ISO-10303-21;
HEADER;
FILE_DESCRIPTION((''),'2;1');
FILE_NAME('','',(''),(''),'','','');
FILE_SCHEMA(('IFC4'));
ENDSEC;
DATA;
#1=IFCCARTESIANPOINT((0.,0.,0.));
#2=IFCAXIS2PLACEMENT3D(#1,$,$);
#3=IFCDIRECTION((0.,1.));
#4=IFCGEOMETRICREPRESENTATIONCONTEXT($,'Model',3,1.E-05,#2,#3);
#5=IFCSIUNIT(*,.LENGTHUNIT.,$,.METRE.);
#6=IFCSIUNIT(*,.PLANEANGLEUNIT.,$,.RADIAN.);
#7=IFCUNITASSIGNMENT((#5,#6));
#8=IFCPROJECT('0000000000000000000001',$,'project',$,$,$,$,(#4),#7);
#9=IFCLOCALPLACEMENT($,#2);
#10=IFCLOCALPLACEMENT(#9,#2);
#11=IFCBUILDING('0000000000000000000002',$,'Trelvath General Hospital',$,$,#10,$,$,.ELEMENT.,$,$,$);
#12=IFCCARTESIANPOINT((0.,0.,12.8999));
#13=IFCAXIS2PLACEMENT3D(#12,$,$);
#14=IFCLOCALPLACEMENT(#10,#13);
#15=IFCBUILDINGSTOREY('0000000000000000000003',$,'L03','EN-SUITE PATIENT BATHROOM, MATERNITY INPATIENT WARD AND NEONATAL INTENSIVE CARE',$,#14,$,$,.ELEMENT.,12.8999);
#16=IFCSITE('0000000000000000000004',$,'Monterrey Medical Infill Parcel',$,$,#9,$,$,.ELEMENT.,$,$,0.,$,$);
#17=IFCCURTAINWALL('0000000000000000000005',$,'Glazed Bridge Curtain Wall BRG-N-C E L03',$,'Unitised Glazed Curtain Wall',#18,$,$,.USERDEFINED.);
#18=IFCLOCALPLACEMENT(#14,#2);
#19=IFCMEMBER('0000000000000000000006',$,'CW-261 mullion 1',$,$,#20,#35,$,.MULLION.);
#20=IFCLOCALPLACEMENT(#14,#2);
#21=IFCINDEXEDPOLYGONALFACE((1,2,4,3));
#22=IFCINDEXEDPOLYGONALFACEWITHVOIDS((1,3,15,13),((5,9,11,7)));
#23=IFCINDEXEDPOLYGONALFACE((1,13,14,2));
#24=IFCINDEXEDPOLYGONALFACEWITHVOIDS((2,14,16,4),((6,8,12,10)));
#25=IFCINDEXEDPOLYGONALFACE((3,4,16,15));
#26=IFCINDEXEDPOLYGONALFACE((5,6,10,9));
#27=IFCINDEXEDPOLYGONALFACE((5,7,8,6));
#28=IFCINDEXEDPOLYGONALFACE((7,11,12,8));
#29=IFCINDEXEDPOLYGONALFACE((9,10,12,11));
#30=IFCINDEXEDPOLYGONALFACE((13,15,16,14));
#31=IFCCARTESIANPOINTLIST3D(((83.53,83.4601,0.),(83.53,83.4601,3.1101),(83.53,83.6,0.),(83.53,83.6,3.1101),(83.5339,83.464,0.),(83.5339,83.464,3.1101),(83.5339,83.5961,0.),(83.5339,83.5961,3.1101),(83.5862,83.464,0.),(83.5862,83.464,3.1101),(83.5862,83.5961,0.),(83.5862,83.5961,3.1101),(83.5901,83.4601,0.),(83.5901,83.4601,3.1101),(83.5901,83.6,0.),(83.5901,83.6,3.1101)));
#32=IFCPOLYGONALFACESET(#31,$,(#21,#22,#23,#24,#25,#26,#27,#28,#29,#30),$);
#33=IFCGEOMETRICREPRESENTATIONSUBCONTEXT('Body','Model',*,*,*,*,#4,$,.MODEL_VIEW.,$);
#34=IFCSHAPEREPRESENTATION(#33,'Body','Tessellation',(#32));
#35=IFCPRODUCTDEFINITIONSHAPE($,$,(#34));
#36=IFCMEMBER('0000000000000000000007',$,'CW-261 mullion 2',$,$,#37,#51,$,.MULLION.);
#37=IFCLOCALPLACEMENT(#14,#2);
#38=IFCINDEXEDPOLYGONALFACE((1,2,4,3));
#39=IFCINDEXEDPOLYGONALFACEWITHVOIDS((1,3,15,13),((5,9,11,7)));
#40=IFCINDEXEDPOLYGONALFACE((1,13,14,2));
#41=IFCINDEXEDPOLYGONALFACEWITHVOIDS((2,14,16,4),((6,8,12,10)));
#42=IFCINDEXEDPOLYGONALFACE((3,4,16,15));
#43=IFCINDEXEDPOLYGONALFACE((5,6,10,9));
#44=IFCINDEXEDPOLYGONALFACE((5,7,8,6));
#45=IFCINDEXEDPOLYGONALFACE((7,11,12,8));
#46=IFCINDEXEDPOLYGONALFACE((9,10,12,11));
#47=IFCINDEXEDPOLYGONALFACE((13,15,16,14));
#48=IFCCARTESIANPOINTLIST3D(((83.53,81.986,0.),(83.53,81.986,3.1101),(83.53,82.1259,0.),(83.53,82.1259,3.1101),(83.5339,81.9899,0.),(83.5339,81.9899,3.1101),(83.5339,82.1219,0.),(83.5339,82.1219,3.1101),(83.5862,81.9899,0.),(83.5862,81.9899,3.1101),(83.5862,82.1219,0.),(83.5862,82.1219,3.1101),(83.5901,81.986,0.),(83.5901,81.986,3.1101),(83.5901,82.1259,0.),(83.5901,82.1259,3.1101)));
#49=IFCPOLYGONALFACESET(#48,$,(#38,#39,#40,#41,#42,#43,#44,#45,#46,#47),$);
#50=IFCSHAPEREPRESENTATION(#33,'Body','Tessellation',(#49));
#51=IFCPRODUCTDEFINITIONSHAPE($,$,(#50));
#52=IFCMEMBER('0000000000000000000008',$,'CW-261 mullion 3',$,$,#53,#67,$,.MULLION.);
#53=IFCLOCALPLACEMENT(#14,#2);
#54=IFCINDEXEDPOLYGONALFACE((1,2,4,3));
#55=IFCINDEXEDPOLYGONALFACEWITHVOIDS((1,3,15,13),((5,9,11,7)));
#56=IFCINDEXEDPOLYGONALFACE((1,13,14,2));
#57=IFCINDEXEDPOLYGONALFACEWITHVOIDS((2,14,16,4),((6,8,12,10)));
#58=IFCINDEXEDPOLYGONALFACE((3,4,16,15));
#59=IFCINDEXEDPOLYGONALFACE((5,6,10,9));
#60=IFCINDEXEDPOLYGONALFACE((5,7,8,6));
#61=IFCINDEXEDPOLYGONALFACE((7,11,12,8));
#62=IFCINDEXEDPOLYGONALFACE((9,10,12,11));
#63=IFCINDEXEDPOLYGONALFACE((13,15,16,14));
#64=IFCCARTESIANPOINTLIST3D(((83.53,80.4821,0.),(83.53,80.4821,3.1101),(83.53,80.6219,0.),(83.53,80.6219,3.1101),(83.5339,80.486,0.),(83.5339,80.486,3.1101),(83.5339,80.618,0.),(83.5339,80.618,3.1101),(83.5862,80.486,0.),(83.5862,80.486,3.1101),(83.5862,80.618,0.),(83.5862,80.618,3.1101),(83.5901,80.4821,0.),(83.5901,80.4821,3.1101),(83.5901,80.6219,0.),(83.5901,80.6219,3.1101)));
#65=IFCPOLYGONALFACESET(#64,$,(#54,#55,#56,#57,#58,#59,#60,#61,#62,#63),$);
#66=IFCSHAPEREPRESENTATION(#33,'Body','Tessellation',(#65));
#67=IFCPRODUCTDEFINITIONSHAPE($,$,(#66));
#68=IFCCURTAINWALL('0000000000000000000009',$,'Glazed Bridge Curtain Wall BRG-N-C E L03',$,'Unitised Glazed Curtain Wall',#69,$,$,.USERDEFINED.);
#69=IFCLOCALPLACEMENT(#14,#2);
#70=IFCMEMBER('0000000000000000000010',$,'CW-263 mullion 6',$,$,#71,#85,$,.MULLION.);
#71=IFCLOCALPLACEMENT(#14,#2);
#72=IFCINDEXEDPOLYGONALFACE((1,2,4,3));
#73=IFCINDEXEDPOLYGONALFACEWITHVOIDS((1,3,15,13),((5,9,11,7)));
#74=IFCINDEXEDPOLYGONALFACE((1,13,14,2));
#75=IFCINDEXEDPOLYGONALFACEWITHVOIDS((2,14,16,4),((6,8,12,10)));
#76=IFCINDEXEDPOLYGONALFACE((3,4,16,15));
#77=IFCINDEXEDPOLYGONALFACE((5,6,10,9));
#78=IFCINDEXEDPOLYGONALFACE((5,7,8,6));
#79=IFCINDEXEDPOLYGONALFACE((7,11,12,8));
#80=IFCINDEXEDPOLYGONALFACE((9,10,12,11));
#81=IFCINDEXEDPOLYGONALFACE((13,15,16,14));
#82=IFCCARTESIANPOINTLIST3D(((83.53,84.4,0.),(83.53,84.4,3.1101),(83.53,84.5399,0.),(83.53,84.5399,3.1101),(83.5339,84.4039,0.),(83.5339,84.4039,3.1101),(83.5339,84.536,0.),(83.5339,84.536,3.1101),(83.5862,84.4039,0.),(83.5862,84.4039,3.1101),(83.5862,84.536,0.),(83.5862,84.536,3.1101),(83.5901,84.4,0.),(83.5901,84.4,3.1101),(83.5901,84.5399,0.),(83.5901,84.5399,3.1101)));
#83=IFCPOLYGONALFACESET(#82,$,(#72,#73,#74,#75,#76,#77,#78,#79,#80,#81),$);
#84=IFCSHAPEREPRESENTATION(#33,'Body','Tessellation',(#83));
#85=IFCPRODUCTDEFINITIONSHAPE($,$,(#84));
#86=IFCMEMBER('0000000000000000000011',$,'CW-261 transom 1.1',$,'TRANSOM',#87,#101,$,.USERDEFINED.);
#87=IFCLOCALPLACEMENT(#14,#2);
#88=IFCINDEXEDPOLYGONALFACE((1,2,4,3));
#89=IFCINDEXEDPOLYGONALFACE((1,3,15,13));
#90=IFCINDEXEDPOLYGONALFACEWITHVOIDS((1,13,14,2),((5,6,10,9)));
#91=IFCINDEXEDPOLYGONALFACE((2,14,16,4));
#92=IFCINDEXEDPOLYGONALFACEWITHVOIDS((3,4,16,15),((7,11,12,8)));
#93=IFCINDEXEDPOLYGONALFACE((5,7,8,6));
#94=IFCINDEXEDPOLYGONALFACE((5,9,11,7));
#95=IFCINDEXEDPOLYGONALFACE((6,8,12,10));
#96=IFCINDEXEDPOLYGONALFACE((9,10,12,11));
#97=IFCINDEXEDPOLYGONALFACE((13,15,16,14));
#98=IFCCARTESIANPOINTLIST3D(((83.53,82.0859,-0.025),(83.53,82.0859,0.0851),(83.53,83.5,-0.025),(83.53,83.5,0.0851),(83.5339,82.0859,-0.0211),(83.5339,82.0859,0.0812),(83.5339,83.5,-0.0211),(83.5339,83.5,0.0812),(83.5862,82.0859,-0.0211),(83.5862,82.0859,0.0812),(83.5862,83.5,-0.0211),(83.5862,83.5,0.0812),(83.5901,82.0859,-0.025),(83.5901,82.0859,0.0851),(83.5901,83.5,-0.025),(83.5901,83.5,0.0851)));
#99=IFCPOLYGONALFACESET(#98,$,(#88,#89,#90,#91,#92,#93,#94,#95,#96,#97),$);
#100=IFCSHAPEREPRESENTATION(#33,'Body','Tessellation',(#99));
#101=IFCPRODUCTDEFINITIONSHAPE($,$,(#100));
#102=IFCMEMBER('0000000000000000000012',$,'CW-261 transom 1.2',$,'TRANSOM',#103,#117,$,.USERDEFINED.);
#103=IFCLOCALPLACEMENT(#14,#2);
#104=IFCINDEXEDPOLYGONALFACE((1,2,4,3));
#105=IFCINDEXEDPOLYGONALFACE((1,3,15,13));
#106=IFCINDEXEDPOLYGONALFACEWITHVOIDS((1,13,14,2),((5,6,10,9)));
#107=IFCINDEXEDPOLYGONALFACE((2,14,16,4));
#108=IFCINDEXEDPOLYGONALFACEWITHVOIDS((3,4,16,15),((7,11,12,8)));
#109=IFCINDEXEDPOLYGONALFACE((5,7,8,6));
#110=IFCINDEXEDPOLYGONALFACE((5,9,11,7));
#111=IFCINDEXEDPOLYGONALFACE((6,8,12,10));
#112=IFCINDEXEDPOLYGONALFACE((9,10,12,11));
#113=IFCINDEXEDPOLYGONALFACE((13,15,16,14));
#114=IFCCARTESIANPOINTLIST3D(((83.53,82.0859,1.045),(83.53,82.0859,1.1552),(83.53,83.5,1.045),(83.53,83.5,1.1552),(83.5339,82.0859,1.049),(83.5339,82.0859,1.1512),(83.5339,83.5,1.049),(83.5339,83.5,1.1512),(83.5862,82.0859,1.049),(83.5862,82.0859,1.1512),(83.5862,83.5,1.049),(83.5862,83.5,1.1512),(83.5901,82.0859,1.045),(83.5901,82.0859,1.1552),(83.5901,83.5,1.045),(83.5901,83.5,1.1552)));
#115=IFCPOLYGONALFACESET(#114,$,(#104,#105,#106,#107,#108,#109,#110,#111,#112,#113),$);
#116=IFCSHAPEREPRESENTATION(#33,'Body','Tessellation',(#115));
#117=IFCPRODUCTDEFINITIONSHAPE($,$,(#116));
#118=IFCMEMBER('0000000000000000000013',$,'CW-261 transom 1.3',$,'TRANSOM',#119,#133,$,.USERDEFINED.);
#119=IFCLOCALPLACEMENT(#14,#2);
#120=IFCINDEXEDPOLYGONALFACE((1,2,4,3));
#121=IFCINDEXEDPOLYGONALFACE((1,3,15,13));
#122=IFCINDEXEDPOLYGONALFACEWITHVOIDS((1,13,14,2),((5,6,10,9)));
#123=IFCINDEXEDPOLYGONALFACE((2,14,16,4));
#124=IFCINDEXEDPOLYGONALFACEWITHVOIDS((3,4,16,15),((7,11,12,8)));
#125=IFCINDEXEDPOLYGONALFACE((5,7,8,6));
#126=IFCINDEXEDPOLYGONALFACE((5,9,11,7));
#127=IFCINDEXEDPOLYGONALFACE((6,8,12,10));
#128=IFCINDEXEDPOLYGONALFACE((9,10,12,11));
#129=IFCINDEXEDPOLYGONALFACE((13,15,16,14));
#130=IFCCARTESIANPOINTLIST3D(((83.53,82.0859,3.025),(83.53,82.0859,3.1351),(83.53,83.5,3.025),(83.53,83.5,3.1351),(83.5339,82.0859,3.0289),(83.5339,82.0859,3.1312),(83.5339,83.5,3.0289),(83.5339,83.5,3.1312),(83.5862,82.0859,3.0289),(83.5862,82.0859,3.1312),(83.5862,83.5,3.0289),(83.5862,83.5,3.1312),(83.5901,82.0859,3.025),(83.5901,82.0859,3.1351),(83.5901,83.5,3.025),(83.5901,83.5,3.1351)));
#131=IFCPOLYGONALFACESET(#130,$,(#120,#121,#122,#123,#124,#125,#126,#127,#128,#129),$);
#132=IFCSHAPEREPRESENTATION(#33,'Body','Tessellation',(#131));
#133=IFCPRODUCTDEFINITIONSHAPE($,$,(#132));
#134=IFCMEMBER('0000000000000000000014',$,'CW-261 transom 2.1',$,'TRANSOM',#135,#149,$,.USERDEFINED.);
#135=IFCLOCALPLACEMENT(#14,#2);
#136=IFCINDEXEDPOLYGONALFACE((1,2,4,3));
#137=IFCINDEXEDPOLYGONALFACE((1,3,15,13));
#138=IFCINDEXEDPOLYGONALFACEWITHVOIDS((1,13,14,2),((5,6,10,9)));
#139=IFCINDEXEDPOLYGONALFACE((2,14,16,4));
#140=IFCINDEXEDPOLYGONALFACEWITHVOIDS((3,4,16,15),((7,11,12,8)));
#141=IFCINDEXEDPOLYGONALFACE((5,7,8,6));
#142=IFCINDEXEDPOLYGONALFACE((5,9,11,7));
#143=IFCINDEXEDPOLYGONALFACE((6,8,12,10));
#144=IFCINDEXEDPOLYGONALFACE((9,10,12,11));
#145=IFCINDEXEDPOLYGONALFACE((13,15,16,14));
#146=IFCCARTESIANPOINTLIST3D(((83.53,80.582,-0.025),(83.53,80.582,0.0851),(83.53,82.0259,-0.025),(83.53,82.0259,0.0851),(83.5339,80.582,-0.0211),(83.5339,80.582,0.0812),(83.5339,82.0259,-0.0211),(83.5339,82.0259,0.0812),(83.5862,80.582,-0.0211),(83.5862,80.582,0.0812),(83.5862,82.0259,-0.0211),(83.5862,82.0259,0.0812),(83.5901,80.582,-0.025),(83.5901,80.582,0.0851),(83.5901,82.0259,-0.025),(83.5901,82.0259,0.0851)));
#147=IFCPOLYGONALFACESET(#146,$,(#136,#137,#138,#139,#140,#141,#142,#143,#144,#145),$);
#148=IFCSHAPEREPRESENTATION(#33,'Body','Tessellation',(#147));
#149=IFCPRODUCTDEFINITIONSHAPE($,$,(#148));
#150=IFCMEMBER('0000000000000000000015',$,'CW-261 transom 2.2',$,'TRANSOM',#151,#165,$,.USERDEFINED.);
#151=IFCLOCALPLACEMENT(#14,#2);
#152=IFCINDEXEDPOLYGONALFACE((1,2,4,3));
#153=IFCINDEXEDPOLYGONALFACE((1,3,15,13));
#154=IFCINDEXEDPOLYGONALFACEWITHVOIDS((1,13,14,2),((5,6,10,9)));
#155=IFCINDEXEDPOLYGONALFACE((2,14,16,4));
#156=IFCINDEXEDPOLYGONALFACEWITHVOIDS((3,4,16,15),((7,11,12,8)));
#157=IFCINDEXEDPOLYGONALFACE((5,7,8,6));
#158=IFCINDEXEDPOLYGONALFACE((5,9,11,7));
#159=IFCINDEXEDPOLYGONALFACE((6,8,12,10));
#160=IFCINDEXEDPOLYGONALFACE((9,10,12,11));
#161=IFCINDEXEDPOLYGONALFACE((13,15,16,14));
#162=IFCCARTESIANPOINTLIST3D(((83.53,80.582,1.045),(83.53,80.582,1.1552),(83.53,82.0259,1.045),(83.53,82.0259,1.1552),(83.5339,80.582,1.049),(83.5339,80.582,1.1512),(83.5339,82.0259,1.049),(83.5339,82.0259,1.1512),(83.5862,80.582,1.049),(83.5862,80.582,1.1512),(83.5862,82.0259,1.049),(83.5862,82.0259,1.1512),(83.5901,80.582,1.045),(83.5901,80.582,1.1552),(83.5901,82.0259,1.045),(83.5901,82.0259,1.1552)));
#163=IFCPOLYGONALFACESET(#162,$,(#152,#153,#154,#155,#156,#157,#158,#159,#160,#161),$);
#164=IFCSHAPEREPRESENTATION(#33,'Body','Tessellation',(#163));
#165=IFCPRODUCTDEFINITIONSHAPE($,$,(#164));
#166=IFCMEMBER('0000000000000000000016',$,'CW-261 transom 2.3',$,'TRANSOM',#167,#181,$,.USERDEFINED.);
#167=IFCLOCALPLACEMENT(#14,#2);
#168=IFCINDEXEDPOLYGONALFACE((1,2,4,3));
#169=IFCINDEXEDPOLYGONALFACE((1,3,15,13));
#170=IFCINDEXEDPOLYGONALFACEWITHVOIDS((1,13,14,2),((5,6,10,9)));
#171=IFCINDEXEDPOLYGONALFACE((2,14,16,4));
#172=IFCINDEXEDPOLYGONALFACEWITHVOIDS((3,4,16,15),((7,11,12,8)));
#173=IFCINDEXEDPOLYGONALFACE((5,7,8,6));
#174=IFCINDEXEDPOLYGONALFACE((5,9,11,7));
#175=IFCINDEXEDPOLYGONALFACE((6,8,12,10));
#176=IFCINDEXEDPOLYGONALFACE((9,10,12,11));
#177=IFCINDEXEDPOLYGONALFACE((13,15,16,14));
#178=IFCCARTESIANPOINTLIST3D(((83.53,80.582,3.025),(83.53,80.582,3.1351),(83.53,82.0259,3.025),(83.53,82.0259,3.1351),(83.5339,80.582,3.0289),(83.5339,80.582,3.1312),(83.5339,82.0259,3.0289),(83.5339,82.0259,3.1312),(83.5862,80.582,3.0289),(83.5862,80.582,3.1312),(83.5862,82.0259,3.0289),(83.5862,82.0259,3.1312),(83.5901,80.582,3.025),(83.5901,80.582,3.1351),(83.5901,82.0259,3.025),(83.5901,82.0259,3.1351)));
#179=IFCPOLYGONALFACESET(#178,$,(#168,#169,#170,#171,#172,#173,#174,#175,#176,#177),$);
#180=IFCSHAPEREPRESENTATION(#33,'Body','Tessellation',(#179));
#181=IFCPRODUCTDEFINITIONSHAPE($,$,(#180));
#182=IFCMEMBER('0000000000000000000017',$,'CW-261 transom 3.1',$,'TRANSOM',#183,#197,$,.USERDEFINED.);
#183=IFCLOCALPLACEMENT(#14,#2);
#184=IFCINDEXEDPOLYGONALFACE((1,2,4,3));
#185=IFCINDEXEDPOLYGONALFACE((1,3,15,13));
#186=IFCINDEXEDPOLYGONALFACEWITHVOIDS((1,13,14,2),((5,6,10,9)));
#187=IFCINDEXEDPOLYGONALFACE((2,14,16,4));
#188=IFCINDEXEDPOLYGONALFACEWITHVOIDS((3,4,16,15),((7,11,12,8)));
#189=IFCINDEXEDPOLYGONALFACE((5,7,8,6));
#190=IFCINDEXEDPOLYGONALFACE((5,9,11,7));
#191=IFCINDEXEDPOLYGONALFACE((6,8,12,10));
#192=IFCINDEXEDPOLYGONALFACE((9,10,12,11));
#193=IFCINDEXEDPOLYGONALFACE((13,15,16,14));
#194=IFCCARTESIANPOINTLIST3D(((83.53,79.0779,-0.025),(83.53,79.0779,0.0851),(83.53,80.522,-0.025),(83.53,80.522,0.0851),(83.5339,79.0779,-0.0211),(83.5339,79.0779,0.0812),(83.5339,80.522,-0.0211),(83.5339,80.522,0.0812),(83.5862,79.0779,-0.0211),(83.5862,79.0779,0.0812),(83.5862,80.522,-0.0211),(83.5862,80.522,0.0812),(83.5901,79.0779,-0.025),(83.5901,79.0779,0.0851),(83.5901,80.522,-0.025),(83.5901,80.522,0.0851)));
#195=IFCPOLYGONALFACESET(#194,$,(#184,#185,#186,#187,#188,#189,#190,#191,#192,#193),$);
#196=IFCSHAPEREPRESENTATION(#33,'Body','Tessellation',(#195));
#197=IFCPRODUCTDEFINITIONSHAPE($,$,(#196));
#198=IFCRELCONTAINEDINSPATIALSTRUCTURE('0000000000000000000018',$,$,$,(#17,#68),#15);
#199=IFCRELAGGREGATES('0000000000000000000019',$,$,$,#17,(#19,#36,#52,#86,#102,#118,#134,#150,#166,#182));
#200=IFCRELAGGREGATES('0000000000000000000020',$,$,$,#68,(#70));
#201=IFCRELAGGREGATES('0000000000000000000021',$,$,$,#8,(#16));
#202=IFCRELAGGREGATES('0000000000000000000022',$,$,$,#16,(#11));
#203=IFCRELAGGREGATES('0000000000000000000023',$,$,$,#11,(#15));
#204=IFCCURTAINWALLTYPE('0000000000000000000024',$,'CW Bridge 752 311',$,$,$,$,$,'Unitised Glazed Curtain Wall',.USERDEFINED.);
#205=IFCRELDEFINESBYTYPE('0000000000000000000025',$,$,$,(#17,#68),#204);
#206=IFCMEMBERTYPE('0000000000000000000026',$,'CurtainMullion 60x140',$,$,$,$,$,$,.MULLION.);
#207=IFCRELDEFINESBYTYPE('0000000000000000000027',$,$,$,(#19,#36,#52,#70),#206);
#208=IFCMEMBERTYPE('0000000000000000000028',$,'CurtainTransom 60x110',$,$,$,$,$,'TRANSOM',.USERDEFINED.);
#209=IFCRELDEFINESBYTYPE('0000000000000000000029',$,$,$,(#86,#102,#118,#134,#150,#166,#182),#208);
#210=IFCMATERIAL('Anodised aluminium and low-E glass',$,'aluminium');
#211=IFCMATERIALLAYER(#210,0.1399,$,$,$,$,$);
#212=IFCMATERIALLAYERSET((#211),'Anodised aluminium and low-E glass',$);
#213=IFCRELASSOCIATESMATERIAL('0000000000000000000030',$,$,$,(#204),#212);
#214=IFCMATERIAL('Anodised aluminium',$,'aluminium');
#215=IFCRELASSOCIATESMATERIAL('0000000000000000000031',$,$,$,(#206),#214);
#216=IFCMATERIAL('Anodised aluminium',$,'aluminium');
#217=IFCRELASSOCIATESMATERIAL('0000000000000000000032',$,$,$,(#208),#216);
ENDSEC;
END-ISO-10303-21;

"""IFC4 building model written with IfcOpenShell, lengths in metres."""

from ifc_helpers import new_model, si_unit, direction, frame, origin, origin_2d, place, context, subcontext, project, spatial, hollow_rectangle, extrude, material, layer, layer_set, material_profile, profile_set, type_object, element, aggregate, save


model = new_model("IFC4")

# Units and contexts
model_context = context("Model", 3, precision=1e-05, world=origin(), true_north=direction((0.0, 1.0)))
body_context = subcontext(model_context, "Body", "Model", "MODEL_VIEW")
ifc_project = project(units=[si_unit("LENGTHUNIT", "METRE"), si_unit("PLANEANGLEUNIT", "RADIAN")], contexts=[model_context])

# Site, building, storey
site_placement = place(None, origin())
site = spatial("IfcSite", under=ifc_project, at=site_placement, Name="Monterrey Medical Infill Parcel", CompositionType="ELEMENT", RefElevation=0.0)
building_placement = place(site_placement, origin())
building = spatial("IfcBuilding", under=site, at=building_placement, Name="Trelvath General Hospital", CompositionType="ELEMENT")
storey_placement = place(building_placement, frame((0.0, 0.0, 12.8999)))
storey = spatial("IfcBuildingStorey", under=building, at=storey_placement, Name="L03", Description="EN-SUITE PATIENT BATHROOM, MATERNITY INPATIENT WARD AND NEONATAL INTENSIVE CARE", CompositionType="ELEMENT", Elevation=12.8999)

# Curtain wall, members
ifc_material_1 = material(Name="Anodised aluminium and low-E glass", Category="aluminium")
ifc_layer_1 = layer(ifc_material_1, 0.1399)
ifc_layer_set_1 = layer_set([ifc_layer_1], Name="Anodised aluminium and low-E glass")
curtain_wall_type = type_object("IfcCurtainWallType", Name="CW Bridge 752 311", ElementType="Unitised Glazed Curtain Wall", PredefinedType="USERDEFINED", material=ifc_layer_set_1)
curtain_wall_1_placement = place(storey_placement, origin())
curtain_wall_1 = element("IfcCurtainWall", 1, at=curtain_wall_1_placement, inside=storey, type_object=curtain_wall_type, Name="Glazed Bridge Curtain Wall BRG-N-C E L03", ObjectType="Unitised Glazed Curtain Wall", PredefinedType="USERDEFINED")
ifc_material_2 = material(Name="Anodised aluminium", Category="aluminium")
ifc_material_profile_1 = material_profile(ifc_material_2, hollow_rectangle(XDim=0.0601, YDim=0.1399, WallThickness=0.0039, at=origin_2d()), Name="RHS60x140x4")
ifc_profile_set_1 = profile_set([ifc_material_profile_1], Name="Anodised aluminium")
member_type_1 = type_object("IfcMemberType", Name="CurtainMullion 60x140", PredefinedType="MULLION", material=ifc_profile_set_1)
member_1_placement = place(storey_placement, frame((83.5601, 83.53, 0.0), z_axis=(0.0, 0.0, 1.0), x_axis=(1.0, 0.0, 0.0)))
member_1 = element("IfcMember", 2, at=member_1_placement, type_object=member_type_1, Name="CW-261 mullion 1", PredefinedType="MULLION", context=body_context, shape_type="SweptSolid", body=[
    extrude(hollow_rectangle(XDim=0.0601, YDim=0.1399, WallThickness=0.0039, at=origin_2d()), origin(), (0.0, 0.0, 1.0), 3.1101),
])
member_2_placement = place(storey_placement, frame((83.5601, 82.0559, 0.0), z_axis=(0.0, 0.0, 1.0), x_axis=(1.0, 0.0, 0.0)))
member_2 = element("IfcMember", 3, at=member_2_placement, type_object=member_type_1, Name="CW-261 mullion 2", PredefinedType="MULLION", context=body_context, shape_type="SweptSolid", body=[
    extrude(hollow_rectangle(XDim=0.0601, YDim=0.1399, WallThickness=0.0039, at=origin_2d()), origin(), (0.0, 0.0, 1.0), 3.1101),
])
member_3_placement = place(storey_placement, frame((83.5601, 80.552, 0.0), z_axis=(0.0, 0.0, 1.0), x_axis=(1.0, 0.0, 0.0)))
member_3 = element("IfcMember", 4, at=member_3_placement, type_object=member_type_1, Name="CW-261 mullion 3", PredefinedType="MULLION", context=body_context, shape_type="SweptSolid", body=[
    extrude(hollow_rectangle(XDim=0.0601, YDim=0.1399, WallThickness=0.0039, at=origin_2d()), origin(), (0.0, 0.0, 1.0), 3.1101),
])

# Curtain wall, member
curtain_wall_2_placement = place(storey_placement, origin())
curtain_wall_2 = element("IfcCurtainWall", 5, at=curtain_wall_2_placement, inside=storey, type_object=curtain_wall_type, Name="Glazed Bridge Curtain Wall BRG-N-C E L03", ObjectType="Unitised Glazed Curtain Wall", PredefinedType="USERDEFINED")
member_4_placement = place(storey_placement, frame((83.5601, 84.47, 0.0), z_axis=(0.0, 0.0, 1.0), x_axis=(1.0, 0.0, 0.0)))
member_4 = element("IfcMember", 6, at=member_4_placement, type_object=member_type_1, Name="CW-263 mullion 6", PredefinedType="MULLION", context=body_context, shape_type="SweptSolid", body=[
    extrude(hollow_rectangle(XDim=0.0601, YDim=0.1399, WallThickness=0.0039, at=origin_2d()), origin(), (0.0, 0.0, 1.0), 3.1101),
])

# Members
ifc_material_3 = material(Name="Anodised aluminium", Category="aluminium")
ifc_material_profile_2 = material_profile(ifc_material_3, hollow_rectangle(XDim=0.0601, YDim=0.1101, WallThickness=0.0039, at=origin_2d()), Name="RHS60x110x4")
ifc_profile_set_2 = profile_set([ifc_material_profile_2], Name="Anodised aluminium")
member_type_2 = type_object("IfcMemberType", Name="CurtainTransom 60x110", ElementType="TRANSOM", PredefinedType="USERDEFINED", material=ifc_profile_set_2)
member_5_placement = place(storey_placement, frame((83.5601, 83.5, 0.03), z_axis=(0.0, -1.0, 0.0), x_axis=(1.0, 0.0, 0.0)))
member_5 = element("IfcMember", 7, at=member_5_placement, type_object=member_type_2, Name="CW-261 transom 1.1", ObjectType="TRANSOM", PredefinedType="USERDEFINED", context=body_context, shape_type="SweptSolid", body=[
    extrude(hollow_rectangle(XDim=0.0601, YDim=0.1101, WallThickness=0.0039, at=origin_2d()), origin(), (0.0, 0.0, 1.0), 1.4141),
])
member_6_placement = place(storey_placement, frame((83.5601, 83.5, 1.1001), z_axis=(0.0, -1.0, 0.0), x_axis=(1.0, 0.0, 0.0)))
member_6 = element("IfcMember", 8, at=member_6_placement, type_object=member_type_2, Name="CW-261 transom 1.2", ObjectType="TRANSOM", PredefinedType="USERDEFINED", context=body_context, shape_type="SweptSolid", body=[
    extrude(hollow_rectangle(XDim=0.0601, YDim=0.1101, WallThickness=0.0039, at=origin_2d()), origin(), (0.0, 0.0, 1.0), 1.4141),
])
member_7_placement = place(storey_placement, frame((83.5601, 83.5, 3.0801), z_axis=(0.0, -1.0, 0.0), x_axis=(1.0, 0.0, 0.0)))
member_7 = element("IfcMember", 9, at=member_7_placement, type_object=member_type_2, Name="CW-261 transom 1.3", ObjectType="TRANSOM", PredefinedType="USERDEFINED", context=body_context, shape_type="SweptSolid", body=[
    extrude(hollow_rectangle(XDim=0.0601, YDim=0.1101, WallThickness=0.0039, at=origin_2d()), origin(), (0.0, 0.0, 1.0), 1.4141),
])
member_8_placement = place(storey_placement, frame((83.5601, 82.0259, 0.03), z_axis=(0.0, -1.0, 0.0), x_axis=(1.0, 0.0, 0.0)))
member_8 = element("IfcMember", 10, at=member_8_placement, type_object=member_type_2, Name="CW-261 transom 2.1", ObjectType="TRANSOM", PredefinedType="USERDEFINED", context=body_context, shape_type="SweptSolid", body=[
    extrude(hollow_rectangle(XDim=0.0601, YDim=0.1101, WallThickness=0.0039, at=origin_2d()), origin(), (0.0, 0.0, 1.0), 1.4438),
])
member_9_placement = place(storey_placement, frame((83.5601, 82.0259, 1.1001), z_axis=(0.0, -1.0, 0.0), x_axis=(1.0, 0.0, 0.0)))
member_9 = element("IfcMember", 11, at=member_9_placement, type_object=member_type_2, Name="CW-261 transom 2.2", ObjectType="TRANSOM", PredefinedType="USERDEFINED", context=body_context, shape_type="SweptSolid", body=[
    extrude(hollow_rectangle(XDim=0.0601, YDim=0.1101, WallThickness=0.0039, at=origin_2d()), origin(), (0.0, 0.0, 1.0), 1.4438),
])
member_10_placement = place(storey_placement, frame((83.5601, 82.0259, 3.0801), z_axis=(0.0, -1.0, 0.0), x_axis=(1.0, 0.0, 0.0)))
member_10 = element("IfcMember", 12, at=member_10_placement, type_object=member_type_2, Name="CW-261 transom 2.3", ObjectType="TRANSOM", PredefinedType="USERDEFINED", context=body_context, shape_type="SweptSolid", body=[
    extrude(hollow_rectangle(XDim=0.0601, YDim=0.1101, WallThickness=0.0039, at=origin_2d()), origin(), (0.0, 0.0, 1.0), 1.4438),
])
member_11_placement = place(storey_placement, frame((83.5601, 80.522, 0.03), z_axis=(0.0, -1.0, 0.0), x_axis=(1.0, 0.0, 0.0)))
member_11 = element("IfcMember", 13, at=member_11_placement, type_object=member_type_2, Name="CW-261 transom 3.1", ObjectType="TRANSOM", PredefinedType="USERDEFINED", context=body_context, shape_type="SweptSolid", body=[
    extrude(hollow_rectangle(XDim=0.0601, YDim=0.1101, WallThickness=0.0039, at=origin_2d()), origin(), (0.0, 0.0, 1.0), 1.4441),
])

aggregate(curtain_wall_1, [member_1, member_2, member_3, member_5, member_6, member_7, member_8, member_9, member_10, member_11])
aggregate(curtain_wall_2, [member_4])

save(model, "model.ifc")
